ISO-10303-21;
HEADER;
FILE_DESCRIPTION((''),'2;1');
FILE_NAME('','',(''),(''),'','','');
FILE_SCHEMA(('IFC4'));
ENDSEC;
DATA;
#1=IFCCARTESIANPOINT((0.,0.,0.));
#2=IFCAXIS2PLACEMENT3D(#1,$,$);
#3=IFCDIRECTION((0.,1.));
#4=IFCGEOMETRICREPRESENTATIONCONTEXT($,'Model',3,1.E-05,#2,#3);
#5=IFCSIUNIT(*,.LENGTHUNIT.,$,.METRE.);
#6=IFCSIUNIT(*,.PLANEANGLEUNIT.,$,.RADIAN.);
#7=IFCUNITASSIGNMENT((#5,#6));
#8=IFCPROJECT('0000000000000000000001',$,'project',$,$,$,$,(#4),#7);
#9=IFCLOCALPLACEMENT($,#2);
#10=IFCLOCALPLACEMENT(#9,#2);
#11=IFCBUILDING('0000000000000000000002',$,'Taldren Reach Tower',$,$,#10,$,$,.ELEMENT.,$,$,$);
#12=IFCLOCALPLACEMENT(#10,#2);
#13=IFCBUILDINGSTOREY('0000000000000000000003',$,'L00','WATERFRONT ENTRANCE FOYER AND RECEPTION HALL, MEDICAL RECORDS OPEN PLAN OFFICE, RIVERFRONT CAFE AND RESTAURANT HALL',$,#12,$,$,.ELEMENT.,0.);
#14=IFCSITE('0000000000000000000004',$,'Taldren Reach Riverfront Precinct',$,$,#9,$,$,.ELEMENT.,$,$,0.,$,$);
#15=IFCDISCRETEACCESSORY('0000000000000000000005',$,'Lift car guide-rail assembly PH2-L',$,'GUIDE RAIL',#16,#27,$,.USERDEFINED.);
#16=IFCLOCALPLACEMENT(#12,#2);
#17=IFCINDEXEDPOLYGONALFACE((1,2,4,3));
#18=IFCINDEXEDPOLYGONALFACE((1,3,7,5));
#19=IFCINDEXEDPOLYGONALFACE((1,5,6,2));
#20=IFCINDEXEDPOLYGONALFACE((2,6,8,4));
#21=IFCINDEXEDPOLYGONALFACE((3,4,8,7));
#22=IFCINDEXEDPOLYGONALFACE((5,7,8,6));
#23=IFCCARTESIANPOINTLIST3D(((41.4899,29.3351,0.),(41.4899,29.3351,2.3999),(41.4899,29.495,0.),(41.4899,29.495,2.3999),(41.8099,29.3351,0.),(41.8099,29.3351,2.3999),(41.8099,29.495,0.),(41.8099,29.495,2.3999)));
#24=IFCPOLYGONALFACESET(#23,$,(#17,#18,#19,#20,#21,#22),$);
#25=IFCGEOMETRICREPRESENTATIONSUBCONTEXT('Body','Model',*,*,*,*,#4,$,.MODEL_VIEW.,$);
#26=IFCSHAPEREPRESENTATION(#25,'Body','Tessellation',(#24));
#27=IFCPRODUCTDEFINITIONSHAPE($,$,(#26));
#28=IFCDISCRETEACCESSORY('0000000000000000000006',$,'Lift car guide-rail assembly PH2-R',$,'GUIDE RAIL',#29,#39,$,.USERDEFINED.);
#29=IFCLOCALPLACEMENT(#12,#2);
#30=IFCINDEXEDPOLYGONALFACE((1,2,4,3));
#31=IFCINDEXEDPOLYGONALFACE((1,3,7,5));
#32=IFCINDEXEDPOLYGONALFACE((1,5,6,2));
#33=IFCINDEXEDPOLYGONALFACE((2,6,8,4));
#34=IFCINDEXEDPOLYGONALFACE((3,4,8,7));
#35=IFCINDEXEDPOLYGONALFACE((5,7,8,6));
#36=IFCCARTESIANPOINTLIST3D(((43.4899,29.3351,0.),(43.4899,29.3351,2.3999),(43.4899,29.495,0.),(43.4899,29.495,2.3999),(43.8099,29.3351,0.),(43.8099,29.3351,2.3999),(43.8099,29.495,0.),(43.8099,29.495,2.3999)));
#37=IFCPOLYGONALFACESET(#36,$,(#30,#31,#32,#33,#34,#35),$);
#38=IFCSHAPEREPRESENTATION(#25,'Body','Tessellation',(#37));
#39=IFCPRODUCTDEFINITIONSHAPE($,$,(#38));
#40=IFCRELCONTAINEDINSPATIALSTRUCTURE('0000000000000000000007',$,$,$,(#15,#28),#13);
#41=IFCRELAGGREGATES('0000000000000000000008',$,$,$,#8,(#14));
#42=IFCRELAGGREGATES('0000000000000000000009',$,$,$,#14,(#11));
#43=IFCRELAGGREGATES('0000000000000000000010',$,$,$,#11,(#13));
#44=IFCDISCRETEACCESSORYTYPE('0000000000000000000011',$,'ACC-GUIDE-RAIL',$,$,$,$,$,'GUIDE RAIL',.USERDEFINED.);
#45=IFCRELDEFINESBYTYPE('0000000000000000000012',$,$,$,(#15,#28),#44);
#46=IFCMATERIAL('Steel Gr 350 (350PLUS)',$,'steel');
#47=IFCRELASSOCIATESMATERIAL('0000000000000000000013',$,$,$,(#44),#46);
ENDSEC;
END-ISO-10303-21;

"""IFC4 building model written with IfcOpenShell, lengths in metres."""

from ifc_helpers import new_model, si_unit, direction, frame, origin, origin_2d, place, context, subcontext, project, spatial, rectangle, extrude, source, transform, mapped, material, type_object, element, save


model = new_model("IFC4")

# Units and contexts
model_context = context("Model", 3, precision=1e-05, world=origin(), true_north=direction((0.0, 1.0)))
body_context = subcontext(model_context, "Body", "Model", "MODEL_VIEW")
ifc_project = project(units=[si_unit("LENGTHUNIT", "METRE"), si_unit("PLANEANGLEUNIT", "RADIAN")], contexts=[model_context])

# Site, building, storey
site_placement = place(None, origin())
site = spatial("IfcSite", under=ifc_project, at=site_placement, Name="Taldren Reach Riverfront Precinct", CompositionType="ELEMENT", RefElevation=0.0)
building_placement = place(site_placement, origin())
building = spatial("IfcBuilding", under=site, at=building_placement, Name="Taldren Reach Tower", CompositionType="ELEMENT")
storey_placement = place(building_placement, origin())
storey = spatial("IfcBuildingStorey", under=building, at=storey_placement, Name="L00", Description="WATERFRONT ENTRANCE FOYER AND RECEPTION HALL, MEDICAL RECORDS OPEN PLAN OFFICE, RIVERFRONT CAFE AND RESTAURANT HALL", CompositionType="ELEMENT", Elevation=0.0)

# Shared definitions
ifc_material_1 = material(Name="Steel Gr 350 (350PLUS)", Category="steel")

# Discrete accessories
discrete_accessory_type = type_object("IfcDiscreteAccessoryType", Name="ACC-GUIDE-RAIL", ElementType="GUIDE RAIL", PredefinedType="USERDEFINED", material=ifc_material_1)
shared_shape_1 = source(origin(), body_context, "Body", "SweptSolid", [
    extrude(rectangle(XDim=0.3201, YDim=0.1599, at=origin_2d()), origin(), (0.0, 0.0, 1.0), 2.3999),
])
for number, where, z_axis, x_axis, name in (
    (1, (41.6499, 29.415, 0.0), (0.0, 0.0, 1.0), (1.0, 0.0, 0.0), "Lift car guide-rail assembly PH2-L"),
    (2, (43.6499, 29.415, 0.0), (0.0, 0.0, 1.0), (1.0, 0.0, 0.0), "Lift car guide-rail assembly PH2-R"),
):
    element("IfcDiscreteAccessory", number, at=place(storey_placement, frame(where, z_axis=z_axis, x_axis=x_axis)), inside=storey, type_object=discrete_accessory_type, Name=name, ObjectType="GUIDE RAIL", PredefinedType="USERDEFINED", context=body_context, shape_type="MappedRepresentation", body=[
        mapped(shared_shape_1, transform((0.0, 0.0, 0.0), scale=1.0)),
    ])

save(model, "model.ifc")
